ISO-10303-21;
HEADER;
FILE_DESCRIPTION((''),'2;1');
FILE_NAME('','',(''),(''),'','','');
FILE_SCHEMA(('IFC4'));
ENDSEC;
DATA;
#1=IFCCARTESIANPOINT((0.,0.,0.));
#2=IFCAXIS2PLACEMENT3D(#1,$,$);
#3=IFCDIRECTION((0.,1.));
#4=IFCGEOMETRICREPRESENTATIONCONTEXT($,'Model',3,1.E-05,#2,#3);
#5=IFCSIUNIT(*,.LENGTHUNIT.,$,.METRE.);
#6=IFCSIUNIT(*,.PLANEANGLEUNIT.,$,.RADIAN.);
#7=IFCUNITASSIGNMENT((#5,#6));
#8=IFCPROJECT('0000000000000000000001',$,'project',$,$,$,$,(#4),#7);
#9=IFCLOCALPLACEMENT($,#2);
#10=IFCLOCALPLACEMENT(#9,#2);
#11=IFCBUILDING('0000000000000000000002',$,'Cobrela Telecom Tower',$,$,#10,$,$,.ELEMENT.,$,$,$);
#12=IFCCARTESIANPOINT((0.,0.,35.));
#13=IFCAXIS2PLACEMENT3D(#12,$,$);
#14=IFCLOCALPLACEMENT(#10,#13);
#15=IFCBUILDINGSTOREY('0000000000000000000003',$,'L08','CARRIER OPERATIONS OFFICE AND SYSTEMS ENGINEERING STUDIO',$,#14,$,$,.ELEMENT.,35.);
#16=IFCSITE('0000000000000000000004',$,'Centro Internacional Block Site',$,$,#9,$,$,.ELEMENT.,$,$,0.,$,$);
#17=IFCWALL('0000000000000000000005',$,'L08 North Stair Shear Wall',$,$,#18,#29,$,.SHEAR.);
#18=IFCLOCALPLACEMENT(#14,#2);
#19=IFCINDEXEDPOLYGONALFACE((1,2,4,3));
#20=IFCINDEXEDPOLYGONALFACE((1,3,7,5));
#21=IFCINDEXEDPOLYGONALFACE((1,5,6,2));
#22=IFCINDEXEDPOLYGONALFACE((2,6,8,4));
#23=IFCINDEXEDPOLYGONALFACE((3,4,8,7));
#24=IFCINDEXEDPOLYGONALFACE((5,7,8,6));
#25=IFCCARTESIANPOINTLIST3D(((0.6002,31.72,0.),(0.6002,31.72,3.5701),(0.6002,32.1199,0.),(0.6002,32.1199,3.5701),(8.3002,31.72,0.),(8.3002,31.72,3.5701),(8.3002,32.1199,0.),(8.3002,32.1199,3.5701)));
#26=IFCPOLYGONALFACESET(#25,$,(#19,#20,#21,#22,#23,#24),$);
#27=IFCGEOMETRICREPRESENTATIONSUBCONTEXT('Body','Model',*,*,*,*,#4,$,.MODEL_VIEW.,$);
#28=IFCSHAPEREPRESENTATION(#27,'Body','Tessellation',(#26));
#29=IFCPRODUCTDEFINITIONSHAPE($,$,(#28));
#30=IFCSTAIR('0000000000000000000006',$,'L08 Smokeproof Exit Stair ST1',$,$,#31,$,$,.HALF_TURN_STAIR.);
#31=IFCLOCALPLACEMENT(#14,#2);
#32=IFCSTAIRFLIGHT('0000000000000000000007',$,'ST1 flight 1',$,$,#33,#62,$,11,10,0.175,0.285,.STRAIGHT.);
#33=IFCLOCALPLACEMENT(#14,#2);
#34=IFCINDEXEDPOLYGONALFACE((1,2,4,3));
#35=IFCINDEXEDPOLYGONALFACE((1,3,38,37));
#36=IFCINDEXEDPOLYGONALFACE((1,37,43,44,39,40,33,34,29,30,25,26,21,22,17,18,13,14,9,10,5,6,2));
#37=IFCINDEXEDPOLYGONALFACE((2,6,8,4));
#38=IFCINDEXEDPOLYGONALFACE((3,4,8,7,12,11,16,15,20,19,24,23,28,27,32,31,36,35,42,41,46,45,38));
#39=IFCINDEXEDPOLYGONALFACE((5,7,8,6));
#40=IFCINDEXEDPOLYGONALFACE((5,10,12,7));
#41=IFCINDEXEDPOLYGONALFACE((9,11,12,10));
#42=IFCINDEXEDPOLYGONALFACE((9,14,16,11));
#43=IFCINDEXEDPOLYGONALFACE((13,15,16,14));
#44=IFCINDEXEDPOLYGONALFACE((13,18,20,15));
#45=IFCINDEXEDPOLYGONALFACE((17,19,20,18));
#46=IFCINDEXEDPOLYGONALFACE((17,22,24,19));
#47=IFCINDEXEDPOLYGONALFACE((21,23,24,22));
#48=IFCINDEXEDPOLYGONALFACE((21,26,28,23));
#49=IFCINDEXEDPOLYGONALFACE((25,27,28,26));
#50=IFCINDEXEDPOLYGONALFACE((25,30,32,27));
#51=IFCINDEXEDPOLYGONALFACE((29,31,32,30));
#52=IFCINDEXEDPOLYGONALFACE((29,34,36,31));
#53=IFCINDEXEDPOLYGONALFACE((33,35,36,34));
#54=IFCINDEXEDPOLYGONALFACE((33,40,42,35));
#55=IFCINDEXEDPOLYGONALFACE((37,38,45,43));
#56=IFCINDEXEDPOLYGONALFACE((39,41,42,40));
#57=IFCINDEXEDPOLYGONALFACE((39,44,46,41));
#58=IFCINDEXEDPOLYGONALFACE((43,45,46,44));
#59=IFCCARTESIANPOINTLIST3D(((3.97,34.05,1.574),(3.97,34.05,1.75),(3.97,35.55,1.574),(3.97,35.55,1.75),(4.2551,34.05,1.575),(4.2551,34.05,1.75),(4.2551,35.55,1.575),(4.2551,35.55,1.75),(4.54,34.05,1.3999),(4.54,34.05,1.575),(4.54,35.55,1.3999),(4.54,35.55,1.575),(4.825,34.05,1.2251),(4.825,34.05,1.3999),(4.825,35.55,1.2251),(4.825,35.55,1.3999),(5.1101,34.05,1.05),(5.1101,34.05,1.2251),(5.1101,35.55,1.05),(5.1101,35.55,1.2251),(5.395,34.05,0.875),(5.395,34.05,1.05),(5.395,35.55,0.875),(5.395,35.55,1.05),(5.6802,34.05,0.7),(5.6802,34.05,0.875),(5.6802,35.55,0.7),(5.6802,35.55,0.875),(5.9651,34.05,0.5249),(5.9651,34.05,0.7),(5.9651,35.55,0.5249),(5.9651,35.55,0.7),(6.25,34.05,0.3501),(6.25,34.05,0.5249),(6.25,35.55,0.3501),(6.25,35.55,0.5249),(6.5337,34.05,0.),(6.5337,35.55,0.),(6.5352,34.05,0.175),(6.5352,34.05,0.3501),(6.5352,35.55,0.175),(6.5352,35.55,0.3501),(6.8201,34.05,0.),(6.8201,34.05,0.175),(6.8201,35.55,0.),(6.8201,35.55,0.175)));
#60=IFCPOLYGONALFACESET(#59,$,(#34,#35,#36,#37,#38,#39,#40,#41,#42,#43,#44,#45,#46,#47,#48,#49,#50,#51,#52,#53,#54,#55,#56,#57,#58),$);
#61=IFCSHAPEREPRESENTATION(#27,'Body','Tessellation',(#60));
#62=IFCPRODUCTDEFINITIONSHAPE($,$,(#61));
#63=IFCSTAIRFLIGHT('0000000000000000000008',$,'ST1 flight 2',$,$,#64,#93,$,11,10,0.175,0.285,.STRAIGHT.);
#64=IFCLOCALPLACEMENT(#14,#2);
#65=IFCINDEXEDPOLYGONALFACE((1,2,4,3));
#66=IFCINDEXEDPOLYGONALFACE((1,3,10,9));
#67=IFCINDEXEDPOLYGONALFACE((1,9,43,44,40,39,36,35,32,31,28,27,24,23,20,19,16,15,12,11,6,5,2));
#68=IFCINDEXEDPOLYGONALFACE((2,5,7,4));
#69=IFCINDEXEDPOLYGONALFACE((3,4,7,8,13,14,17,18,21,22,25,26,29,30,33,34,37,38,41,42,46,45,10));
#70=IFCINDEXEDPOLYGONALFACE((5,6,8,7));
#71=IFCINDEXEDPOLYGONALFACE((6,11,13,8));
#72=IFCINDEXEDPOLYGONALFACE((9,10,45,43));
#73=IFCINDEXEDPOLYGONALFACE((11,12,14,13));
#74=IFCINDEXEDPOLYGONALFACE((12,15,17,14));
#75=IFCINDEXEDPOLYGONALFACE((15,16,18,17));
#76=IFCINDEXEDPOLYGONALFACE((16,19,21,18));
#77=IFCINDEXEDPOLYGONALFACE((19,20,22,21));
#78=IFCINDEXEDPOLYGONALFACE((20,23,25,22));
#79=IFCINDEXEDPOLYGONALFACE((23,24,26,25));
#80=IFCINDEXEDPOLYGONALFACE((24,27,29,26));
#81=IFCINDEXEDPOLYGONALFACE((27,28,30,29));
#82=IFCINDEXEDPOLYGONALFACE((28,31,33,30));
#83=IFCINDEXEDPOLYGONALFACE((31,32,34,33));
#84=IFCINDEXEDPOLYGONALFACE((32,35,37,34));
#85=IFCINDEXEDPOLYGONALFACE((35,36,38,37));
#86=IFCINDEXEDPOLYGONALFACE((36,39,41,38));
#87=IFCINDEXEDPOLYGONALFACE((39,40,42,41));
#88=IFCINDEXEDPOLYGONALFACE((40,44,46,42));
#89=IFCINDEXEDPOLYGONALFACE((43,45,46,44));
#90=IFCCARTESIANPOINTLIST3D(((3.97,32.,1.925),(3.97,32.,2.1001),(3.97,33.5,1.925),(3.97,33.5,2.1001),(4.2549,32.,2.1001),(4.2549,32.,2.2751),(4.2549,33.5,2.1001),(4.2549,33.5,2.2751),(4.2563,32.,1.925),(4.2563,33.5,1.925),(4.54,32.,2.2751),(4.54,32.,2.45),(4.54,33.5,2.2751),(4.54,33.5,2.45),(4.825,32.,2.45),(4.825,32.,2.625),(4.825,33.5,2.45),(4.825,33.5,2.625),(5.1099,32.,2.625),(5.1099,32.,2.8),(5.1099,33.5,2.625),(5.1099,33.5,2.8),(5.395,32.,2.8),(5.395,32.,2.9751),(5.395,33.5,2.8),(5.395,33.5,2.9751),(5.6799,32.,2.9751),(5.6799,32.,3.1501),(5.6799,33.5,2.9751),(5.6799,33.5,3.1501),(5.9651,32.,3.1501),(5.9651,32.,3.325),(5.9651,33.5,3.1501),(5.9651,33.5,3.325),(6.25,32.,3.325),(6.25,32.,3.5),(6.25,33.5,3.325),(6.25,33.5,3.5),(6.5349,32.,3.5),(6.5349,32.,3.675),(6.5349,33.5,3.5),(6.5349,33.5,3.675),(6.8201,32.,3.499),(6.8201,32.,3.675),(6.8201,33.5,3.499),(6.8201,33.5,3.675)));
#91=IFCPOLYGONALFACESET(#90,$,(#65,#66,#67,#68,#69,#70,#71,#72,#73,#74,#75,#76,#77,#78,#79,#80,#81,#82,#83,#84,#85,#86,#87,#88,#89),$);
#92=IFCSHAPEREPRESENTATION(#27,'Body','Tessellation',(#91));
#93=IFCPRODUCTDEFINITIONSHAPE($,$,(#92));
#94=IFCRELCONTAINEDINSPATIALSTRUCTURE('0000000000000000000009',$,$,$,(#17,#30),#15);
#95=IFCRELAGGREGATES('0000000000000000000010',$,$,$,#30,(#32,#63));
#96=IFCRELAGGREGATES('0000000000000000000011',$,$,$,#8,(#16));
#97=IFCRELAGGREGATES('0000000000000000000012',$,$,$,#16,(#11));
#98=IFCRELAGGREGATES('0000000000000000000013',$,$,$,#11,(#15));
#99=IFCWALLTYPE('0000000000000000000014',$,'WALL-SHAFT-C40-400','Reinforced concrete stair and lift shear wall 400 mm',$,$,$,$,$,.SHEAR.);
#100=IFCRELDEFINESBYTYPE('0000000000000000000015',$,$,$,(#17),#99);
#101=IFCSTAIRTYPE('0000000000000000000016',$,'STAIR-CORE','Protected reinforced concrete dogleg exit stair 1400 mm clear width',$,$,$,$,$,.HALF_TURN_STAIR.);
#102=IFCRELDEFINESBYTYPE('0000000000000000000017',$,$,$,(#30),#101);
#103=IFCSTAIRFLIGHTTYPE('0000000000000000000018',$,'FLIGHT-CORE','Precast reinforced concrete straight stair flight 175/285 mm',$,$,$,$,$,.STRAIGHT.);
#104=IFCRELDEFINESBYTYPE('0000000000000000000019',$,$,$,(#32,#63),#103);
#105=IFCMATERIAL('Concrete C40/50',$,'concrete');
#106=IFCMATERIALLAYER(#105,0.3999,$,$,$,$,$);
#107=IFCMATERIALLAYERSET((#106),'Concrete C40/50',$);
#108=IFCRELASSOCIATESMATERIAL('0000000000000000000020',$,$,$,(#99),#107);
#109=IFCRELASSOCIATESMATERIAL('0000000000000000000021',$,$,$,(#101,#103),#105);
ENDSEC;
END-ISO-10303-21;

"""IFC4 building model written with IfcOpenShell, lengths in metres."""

from ifc_helpers import new_model, si_unit, direction, frame, frame_2d, origin, place, context, subcontext, project, spatial, polyline, rectangle, outline, extrude, material, layer, layer_set, type_object, element, aggregate, save


model = new_model("IFC4")

# Units and contexts
model_context = context("Model", 3, precision=1e-05, world=origin(), true_north=direction((0.0, 1.0)))
body_context = subcontext(model_context, "Body", "Model", "MODEL_VIEW")
ifc_project = project(units=[si_unit("LENGTHUNIT", "METRE"), si_unit("PLANEANGLEUNIT", "RADIAN")], contexts=[model_context])

# Site, building, storey
site_placement = place(None, origin())
site = spatial("IfcSite", under=ifc_project, at=site_placement, Name="Centro Internacional Block Site", CompositionType="ELEMENT", RefElevation=0.0)
building_placement = place(site_placement, origin())
building = spatial("IfcBuilding", under=site, at=building_placement, Name="Cobrela Telecom Tower", CompositionType="ELEMENT")
storey_placement = place(building_placement, frame((0.0, 0.0, 35.0)))
storey = spatial("IfcBuildingStorey", under=building, at=storey_placement, Name="L08", Description="CARRIER OPERATIONS OFFICE AND SYSTEMS ENGINEERING STUDIO", CompositionType="ELEMENT", Elevation=35.0)

# Wall
ifc_material_1 = material(Name="Concrete C40/50", Category="concrete")
ifc_layer_1 = layer(ifc_material_1, 0.3999)
ifc_layer_set_1 = layer_set([ifc_layer_1], Name="Concrete C40/50")
wall_type_1 = type_object("IfcWallType", Name="WALL-SHAFT-C40-400", Description="Reinforced concrete stair and lift shear wall 400 mm", PredefinedType="SHEAR", material=ifc_layer_set_1)
wall_1_placement = place(storey_placement, frame((0.6001, 31.9199, 0.0), z_axis=(0.0, 0.0, 1.0), x_axis=(1.0, 0.0, 0.0)))
element("IfcWall", 1, at=wall_1_placement, inside=storey, type_object=wall_type_1, Name="L08 North Stair Shear Wall", PredefinedType="SHEAR", context=body_context, shape_type="SweptSolid", body=[
    extrude(rectangle(XDim=7.7, YDim=0.3999, at=frame_2d((3.8501, 0.0))), origin(), (0.0, 0.0, 1.0), 3.5701),
])

# Stair, stair flights
stair_type = type_object("IfcStairType", Name="STAIR-CORE", Description="Protected reinforced concrete dogleg exit stair 1400 mm clear width", PredefinedType="HALF_TURN_STAIR", material=ifc_material_1)
stair_placement = place(storey_placement, origin())
stair = element("IfcStair", 2, at=stair_placement, inside=storey, type_object=stair_type, Name="L08 Smokeproof Exit Stair ST1", PredefinedType="HALF_TURN_STAIR")
stair_flight_type = type_object("IfcStairFlightType", Name="FLIGHT-CORE", Description="Precast reinforced concrete straight stair flight 175/285 mm", PredefinedType="STRAIGHT", material=ifc_material_1)
stair_flight_1_placement = place(storey_placement, frame((6.8201, 34.8, 0.0), z_axis=(0.0, 0.0, 1.0), x_axis=(-1.0, 0.0, 0.0)))
stair_flight_1 = element("IfcStairFlight", 3, at=stair_flight_1_placement, type_object=stair_flight_type, Name="ST1 flight 1", NumberOfRisers=11, NumberOfTreads=10, PredefinedType="STRAIGHT", RiserHeight=0.175, TreadLength=0.285, context=body_context, shape_type="SweptSolid", body=[
    extrude(outline(polyline([(0.0, 0.0), (0.0, 0.175), (0.2849, 0.175), (0.2849, 0.3501), (0.5701, 0.3501), (0.5701, 0.5249), (0.855, 0.5249), (0.855, 0.7), (1.1399, 0.7), (1.1399, 0.875), (1.425, 0.875), (1.425, 1.05), (1.71, 1.05), (1.71, 1.2251), (1.9951, 1.2251), (1.9951, 1.3999), (2.28, 1.3999), (2.28, 1.575), (2.5649, 1.575), (2.5649, 1.75), (2.8501, 1.75), (2.8501, 1.925), (2.8501, 1.574), (0.2864, 0.0), (0.0, 0.0)])), frame((0.0, 0.75, 0.0), z_axis=(0.0, -1.0, 0.0), x_axis=(1.0, 0.0, 0.0)), (0.0, 0.0, 1.0), 1.5),
])
stair_flight_2_placement = place(storey_placement, frame((3.97, 32.75, 1.925), z_axis=(0.0, 0.0, 1.0), x_axis=(1.0, 0.0, 0.0)))
stair_flight_2 = element("IfcStairFlight", 4, at=stair_flight_2_placement, type_object=stair_flight_type, Name="ST1 flight 2", NumberOfRisers=11, NumberOfTreads=10, PredefinedType="STRAIGHT", RiserHeight=0.175, TreadLength=0.285, context=body_context, shape_type="SweptSolid", body=[
    extrude(outline(polyline([(0.0, 0.0), (0.0, 0.175), (0.2849, 0.175), (0.2849, 0.3501), (0.5701, 0.3501), (0.5701, 0.5249), (0.855, 0.5249), (0.855, 0.7), (1.1399, 0.7), (1.1399, 0.875), (1.425, 0.875), (1.425, 1.05), (1.71, 1.05), (1.71, 1.2251), (1.9951, 1.2251), (1.9951, 1.3999), (2.28, 1.3999), (2.28, 1.575), (2.5649, 1.575), (2.5649, 1.75), (2.8501, 1.75), (2.8501, 1.925), (2.8501, 1.574), (0.2864, 0.0), (0.0, 0.0)])), frame((0.0, 0.75, 0.0), z_axis=(0.0, -1.0, 0.0), x_axis=(1.0, 0.0, 0.0)), (0.0, 0.0, 1.0), 1.5),
])
aggregate(stair, [stair_flight_1, stair_flight_2])

save(model, "model.ifc")
